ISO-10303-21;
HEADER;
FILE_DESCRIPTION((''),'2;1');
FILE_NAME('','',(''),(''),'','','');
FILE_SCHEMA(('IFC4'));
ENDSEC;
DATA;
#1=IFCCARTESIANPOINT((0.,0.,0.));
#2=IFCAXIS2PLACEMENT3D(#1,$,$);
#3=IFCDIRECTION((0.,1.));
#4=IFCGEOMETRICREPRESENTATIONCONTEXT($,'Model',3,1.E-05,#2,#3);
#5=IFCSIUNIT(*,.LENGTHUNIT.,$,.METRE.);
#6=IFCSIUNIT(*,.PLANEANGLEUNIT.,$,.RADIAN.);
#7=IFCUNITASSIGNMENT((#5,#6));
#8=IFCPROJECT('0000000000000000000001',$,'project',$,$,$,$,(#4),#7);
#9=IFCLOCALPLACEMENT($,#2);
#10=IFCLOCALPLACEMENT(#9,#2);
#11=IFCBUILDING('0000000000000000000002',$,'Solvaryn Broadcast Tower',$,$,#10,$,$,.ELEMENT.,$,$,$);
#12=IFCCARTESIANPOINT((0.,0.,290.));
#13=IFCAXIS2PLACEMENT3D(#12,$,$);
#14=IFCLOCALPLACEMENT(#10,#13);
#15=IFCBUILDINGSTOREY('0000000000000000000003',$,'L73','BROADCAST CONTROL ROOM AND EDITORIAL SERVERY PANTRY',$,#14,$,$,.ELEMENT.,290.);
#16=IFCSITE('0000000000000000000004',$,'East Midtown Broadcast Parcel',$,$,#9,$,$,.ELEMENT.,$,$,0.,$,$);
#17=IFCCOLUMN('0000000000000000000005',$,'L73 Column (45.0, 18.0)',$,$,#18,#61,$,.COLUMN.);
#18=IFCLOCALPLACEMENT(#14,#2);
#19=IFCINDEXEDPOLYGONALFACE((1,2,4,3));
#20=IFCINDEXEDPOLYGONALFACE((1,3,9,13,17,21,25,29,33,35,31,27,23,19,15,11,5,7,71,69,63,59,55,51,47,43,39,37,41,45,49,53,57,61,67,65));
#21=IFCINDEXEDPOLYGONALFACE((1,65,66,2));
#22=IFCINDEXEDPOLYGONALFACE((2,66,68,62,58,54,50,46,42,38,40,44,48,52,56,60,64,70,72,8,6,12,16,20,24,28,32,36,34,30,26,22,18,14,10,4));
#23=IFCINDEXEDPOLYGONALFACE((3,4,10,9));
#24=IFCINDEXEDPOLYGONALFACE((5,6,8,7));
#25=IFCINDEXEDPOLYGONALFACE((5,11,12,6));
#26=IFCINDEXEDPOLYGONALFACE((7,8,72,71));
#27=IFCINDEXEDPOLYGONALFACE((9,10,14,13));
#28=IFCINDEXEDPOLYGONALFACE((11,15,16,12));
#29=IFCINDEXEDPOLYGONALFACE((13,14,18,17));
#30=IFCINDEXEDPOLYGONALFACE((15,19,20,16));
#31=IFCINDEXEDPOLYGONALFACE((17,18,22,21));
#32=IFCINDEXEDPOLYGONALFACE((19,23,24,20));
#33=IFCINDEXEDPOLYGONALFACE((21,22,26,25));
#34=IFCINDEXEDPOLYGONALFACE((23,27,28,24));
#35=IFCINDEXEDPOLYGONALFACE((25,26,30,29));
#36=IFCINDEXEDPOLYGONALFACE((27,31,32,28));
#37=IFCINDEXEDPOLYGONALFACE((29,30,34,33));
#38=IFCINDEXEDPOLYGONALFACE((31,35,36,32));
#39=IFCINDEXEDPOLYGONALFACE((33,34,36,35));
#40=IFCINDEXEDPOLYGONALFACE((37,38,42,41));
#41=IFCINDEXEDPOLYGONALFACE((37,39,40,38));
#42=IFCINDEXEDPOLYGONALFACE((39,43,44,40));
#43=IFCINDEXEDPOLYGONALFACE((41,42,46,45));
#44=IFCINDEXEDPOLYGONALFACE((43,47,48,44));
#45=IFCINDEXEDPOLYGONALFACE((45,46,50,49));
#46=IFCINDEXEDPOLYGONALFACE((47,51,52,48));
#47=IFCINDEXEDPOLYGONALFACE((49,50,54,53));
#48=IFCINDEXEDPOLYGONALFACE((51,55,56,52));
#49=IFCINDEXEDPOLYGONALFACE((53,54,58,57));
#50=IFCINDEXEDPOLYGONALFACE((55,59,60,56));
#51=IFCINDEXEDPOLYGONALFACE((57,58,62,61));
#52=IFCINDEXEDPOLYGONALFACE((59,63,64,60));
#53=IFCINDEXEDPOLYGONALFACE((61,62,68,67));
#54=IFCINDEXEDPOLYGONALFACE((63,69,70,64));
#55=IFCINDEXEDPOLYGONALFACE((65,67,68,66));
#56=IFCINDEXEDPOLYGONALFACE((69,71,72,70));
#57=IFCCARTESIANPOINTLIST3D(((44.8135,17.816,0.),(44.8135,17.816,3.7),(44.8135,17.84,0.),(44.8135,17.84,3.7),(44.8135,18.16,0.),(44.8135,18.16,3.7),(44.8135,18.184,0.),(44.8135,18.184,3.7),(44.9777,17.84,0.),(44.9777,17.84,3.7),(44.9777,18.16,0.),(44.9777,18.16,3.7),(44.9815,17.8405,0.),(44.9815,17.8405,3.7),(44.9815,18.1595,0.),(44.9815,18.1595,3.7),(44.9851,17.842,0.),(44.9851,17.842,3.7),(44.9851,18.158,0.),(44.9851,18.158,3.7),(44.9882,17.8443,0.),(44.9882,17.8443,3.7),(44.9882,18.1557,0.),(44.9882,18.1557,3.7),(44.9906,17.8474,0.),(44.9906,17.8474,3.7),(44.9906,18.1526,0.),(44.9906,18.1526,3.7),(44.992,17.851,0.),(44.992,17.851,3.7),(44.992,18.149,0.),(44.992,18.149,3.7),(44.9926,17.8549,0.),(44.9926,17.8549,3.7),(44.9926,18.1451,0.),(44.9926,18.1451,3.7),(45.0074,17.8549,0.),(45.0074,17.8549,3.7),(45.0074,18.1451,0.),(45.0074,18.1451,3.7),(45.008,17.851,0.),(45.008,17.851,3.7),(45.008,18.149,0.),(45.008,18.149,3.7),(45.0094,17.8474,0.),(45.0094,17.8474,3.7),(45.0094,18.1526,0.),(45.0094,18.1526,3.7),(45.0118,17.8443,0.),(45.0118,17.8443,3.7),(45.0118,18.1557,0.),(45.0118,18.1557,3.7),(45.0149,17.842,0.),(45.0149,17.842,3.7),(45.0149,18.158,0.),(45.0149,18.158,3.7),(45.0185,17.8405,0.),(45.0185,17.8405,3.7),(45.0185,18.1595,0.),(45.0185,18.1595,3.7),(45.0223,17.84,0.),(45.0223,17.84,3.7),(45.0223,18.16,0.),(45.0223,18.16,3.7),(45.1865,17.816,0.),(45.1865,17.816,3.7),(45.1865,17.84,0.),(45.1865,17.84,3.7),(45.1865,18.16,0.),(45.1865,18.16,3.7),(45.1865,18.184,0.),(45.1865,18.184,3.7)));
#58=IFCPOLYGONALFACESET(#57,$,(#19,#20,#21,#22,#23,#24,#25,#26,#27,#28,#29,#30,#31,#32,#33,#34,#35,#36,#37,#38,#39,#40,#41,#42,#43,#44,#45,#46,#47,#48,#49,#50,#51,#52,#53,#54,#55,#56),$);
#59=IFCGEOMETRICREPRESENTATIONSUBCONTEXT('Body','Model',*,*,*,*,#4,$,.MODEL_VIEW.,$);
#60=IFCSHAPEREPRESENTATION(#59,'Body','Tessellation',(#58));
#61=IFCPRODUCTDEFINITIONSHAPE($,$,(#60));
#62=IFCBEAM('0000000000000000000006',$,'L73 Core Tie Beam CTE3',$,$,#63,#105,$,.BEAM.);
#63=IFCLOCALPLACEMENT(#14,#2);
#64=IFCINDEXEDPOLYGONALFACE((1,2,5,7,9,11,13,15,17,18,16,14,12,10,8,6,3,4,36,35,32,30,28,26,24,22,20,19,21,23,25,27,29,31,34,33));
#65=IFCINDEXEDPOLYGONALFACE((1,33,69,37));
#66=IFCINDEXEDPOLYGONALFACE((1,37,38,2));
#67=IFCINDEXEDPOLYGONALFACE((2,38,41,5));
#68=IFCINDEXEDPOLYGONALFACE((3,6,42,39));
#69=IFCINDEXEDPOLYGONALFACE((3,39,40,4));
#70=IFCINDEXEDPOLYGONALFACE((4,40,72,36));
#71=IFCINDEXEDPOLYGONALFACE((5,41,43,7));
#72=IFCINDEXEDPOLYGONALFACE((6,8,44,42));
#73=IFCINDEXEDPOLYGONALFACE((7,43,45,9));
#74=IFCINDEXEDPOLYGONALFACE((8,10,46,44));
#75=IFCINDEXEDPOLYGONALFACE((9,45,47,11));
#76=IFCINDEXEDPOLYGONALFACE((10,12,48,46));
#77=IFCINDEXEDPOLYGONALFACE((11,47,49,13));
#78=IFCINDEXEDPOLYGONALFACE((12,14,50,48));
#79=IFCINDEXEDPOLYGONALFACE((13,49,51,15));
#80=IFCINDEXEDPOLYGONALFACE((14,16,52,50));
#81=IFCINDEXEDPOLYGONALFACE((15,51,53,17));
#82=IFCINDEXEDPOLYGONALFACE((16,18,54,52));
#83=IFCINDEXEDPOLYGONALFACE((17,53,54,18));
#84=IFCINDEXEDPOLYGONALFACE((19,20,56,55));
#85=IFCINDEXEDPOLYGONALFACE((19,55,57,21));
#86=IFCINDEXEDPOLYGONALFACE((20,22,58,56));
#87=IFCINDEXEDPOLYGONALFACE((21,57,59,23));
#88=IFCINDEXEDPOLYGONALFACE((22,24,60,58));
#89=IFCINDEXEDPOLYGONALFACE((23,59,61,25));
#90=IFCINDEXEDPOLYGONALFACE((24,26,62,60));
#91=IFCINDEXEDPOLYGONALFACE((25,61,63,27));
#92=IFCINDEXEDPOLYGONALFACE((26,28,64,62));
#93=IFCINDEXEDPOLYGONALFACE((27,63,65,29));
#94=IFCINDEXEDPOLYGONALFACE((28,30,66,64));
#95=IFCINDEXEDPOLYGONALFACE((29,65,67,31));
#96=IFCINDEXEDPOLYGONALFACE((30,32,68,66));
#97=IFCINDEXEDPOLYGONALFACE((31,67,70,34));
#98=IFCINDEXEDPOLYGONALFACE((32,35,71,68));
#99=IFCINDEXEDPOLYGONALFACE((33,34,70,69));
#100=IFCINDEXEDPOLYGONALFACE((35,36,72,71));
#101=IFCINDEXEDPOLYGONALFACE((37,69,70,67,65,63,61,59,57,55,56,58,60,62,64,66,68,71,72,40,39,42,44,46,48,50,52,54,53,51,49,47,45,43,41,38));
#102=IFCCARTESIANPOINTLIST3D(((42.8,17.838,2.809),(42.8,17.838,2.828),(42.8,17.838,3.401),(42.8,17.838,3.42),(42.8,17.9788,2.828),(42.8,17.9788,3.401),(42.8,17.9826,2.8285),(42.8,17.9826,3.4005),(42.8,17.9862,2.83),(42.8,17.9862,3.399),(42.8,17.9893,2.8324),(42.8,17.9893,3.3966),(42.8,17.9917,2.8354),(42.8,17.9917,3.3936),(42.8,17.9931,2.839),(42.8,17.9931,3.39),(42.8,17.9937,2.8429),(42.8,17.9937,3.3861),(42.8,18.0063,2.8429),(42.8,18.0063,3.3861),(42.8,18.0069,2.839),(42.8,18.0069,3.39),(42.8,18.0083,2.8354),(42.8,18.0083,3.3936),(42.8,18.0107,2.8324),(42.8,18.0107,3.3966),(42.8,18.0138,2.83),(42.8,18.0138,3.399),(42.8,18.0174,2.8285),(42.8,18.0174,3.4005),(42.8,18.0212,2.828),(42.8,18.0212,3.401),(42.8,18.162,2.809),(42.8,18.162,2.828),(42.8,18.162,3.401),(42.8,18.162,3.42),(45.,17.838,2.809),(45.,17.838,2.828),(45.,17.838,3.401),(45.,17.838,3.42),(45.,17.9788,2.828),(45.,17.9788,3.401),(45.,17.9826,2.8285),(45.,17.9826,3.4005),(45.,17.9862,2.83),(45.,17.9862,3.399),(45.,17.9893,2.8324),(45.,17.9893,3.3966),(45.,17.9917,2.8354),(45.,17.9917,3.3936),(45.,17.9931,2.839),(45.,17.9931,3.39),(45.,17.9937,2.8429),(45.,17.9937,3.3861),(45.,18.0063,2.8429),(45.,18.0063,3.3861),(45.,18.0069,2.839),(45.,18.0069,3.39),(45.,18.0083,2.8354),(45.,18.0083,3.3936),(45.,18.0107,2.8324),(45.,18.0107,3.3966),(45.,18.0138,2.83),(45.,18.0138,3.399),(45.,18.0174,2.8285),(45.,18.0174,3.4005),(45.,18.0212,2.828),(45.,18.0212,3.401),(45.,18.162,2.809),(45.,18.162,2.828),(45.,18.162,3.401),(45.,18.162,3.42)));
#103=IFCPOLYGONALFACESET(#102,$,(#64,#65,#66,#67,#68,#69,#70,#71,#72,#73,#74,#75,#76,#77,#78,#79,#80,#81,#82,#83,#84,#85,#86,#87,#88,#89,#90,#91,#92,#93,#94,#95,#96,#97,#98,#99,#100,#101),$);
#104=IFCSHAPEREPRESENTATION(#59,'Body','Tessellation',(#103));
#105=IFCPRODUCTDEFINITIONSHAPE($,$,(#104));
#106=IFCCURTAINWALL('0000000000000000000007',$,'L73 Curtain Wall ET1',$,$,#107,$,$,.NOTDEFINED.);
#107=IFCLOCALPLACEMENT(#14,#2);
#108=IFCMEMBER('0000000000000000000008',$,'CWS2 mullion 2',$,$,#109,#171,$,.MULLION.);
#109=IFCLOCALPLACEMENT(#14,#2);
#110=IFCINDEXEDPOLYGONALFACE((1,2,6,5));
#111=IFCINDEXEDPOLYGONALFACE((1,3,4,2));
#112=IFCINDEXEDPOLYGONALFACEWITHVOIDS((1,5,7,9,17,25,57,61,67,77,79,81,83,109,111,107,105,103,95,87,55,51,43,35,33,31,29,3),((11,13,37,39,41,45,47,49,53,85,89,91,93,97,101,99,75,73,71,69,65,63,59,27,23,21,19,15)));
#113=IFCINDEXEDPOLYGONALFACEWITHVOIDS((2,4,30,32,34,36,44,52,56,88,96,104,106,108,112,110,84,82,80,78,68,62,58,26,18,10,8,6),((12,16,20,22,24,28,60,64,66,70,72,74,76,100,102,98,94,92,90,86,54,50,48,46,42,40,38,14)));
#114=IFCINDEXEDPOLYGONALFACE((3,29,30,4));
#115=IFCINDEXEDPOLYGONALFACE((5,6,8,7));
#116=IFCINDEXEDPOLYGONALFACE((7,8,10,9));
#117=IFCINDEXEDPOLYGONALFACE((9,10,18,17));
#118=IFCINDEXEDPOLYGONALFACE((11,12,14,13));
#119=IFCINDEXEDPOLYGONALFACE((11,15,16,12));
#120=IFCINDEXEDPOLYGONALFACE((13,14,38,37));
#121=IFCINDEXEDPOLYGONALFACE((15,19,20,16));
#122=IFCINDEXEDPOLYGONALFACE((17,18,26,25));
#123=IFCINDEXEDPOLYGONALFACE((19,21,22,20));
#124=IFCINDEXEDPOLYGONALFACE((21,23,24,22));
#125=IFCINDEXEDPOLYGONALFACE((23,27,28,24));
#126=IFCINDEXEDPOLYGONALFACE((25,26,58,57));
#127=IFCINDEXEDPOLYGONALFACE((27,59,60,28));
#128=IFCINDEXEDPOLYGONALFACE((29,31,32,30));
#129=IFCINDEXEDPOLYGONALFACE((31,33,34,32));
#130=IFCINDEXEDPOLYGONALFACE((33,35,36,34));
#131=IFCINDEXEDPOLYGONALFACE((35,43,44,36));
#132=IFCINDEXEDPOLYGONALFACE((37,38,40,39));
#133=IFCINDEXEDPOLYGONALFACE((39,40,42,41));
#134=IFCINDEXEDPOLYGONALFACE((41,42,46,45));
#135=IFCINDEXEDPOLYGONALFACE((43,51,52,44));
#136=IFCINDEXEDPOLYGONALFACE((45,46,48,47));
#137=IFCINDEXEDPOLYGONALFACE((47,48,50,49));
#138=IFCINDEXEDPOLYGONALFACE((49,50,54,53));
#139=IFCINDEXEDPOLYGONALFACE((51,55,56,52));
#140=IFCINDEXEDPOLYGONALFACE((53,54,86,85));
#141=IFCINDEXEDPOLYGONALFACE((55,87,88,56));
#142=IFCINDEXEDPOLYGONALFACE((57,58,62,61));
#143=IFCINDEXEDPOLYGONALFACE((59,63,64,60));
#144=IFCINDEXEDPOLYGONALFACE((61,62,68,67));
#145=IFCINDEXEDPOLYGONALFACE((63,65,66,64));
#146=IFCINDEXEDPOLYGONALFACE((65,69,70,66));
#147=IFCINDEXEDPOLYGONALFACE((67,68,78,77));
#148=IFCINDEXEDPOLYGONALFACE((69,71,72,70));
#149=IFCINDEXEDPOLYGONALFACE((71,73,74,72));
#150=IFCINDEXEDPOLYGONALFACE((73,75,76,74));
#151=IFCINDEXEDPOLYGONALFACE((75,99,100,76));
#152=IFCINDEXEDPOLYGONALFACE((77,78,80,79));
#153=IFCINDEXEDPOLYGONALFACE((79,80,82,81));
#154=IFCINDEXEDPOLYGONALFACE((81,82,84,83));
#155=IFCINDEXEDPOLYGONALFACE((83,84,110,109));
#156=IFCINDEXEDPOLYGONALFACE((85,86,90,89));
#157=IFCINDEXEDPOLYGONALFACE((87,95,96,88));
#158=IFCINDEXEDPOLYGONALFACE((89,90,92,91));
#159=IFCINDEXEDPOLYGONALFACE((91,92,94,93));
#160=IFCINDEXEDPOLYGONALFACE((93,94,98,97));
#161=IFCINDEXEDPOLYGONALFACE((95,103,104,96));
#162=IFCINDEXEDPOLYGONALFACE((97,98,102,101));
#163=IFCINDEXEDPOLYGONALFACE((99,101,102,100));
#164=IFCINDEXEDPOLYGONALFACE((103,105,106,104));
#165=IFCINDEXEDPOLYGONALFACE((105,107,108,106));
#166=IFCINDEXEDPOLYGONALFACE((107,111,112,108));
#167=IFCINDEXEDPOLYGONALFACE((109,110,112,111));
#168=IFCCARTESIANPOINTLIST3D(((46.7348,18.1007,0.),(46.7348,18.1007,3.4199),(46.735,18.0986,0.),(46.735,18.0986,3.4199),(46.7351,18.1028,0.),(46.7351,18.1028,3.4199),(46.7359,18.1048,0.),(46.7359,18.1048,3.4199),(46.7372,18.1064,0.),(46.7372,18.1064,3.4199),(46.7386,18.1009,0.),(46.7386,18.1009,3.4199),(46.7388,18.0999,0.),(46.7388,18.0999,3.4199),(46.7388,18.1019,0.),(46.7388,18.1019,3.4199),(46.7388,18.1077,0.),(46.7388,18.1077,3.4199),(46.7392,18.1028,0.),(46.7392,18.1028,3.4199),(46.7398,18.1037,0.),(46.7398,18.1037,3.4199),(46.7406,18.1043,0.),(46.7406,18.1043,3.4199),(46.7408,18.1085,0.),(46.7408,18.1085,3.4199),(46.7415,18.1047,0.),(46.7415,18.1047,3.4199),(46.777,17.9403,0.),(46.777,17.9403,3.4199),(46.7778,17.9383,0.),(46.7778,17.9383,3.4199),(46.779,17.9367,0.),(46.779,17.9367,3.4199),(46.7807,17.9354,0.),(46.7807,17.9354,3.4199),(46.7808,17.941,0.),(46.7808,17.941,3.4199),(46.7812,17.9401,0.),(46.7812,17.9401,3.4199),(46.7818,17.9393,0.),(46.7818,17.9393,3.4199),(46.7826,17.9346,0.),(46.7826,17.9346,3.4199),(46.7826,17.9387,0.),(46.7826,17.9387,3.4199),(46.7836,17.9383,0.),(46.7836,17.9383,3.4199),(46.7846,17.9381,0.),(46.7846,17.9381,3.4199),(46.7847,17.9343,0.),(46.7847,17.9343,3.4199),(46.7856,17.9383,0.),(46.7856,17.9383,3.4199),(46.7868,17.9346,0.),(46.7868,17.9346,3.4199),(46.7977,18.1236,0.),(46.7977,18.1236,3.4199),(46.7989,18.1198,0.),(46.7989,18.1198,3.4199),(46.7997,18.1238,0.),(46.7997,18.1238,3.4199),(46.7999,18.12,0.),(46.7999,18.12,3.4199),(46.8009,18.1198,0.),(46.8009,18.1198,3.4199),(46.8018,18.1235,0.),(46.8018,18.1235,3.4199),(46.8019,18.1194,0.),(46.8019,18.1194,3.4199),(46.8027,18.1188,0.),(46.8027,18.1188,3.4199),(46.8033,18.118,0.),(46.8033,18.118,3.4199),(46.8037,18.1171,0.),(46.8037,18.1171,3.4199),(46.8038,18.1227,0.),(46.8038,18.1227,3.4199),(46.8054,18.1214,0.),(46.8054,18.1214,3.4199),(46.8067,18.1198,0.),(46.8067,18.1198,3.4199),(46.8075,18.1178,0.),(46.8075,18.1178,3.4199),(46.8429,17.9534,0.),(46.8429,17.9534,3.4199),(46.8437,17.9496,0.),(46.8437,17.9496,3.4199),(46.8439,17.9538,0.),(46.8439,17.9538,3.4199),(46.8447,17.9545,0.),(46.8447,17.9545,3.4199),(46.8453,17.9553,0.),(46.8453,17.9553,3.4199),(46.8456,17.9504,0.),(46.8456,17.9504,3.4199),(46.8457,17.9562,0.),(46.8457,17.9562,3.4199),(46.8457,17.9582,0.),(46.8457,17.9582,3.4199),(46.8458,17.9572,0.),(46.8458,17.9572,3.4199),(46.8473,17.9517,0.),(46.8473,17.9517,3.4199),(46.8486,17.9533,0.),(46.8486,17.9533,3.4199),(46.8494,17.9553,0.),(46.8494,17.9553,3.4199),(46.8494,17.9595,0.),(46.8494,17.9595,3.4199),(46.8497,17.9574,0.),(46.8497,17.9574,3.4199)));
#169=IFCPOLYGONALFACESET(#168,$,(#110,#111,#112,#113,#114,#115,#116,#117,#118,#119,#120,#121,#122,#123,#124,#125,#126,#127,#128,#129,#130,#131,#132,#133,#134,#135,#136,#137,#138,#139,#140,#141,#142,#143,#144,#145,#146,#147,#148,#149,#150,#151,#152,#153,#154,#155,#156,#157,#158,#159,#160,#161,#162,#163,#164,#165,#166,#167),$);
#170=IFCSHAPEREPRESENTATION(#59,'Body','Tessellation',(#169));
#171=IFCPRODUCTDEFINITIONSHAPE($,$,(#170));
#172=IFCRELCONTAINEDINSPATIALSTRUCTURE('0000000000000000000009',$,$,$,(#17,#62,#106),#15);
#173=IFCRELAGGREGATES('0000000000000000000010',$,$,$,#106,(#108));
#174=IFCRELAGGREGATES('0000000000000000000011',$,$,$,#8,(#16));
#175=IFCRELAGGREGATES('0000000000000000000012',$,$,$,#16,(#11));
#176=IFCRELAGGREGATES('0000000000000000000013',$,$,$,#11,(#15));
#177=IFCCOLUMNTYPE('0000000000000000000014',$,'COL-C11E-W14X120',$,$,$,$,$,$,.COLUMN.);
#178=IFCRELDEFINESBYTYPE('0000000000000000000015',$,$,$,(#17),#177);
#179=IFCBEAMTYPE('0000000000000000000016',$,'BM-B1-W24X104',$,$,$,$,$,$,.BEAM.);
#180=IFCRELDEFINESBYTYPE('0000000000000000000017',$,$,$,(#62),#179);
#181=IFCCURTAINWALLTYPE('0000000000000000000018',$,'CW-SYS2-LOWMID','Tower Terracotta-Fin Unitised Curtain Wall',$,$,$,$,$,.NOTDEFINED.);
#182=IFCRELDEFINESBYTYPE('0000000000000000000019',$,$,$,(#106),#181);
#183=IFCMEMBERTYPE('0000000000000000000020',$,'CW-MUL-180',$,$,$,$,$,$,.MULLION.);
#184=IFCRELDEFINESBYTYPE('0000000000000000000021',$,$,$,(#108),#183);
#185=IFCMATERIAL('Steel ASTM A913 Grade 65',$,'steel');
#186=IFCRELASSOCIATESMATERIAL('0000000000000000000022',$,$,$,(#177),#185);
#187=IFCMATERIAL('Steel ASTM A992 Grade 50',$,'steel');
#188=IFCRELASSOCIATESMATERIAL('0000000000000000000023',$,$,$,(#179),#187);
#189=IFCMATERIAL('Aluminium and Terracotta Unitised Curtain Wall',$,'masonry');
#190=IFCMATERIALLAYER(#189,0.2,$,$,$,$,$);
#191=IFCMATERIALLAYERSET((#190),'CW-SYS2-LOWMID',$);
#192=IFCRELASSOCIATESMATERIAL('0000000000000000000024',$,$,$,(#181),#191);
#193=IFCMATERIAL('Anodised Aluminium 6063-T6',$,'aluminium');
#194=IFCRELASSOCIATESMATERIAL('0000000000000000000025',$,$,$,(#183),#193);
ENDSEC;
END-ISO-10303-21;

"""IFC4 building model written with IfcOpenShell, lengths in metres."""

from ifc_helpers import new_model, si_unit, direction, frame, origin, origin_2d, place, context, subcontext, project, spatial, hollow_rectangle, i_section, extrude, material, layer, layer_set, material_profile, profile_set, type_object, element, aggregate, save


model = new_model("IFC4")

# Units and contexts
model_context = context("Model", 3, precision=1e-05, world=origin(), true_north=direction((0.0, 1.0)))
body_context = subcontext(model_context, "Body", "Model", "MODEL_VIEW")
ifc_project = project(units=[si_unit("LENGTHUNIT", "METRE"), si_unit("PLANEANGLEUNIT", "RADIAN")], contexts=[model_context])

# Site, building, storey
site_placement = place(None, origin())
site = spatial("IfcSite", under=ifc_project, at=site_placement, Name="East Midtown Broadcast Parcel", CompositionType="ELEMENT", RefElevation=0.0)
building_placement = place(site_placement, origin())
building = spatial("IfcBuilding", under=site, at=building_placement, Name="Solvaryn Broadcast Tower", CompositionType="ELEMENT")
storey_placement = place(building_placement, frame((0.0, 0.0, 290.0)))
storey = spatial("IfcBuildingStorey", under=building, at=storey_placement, Name="L73", Description="BROADCAST CONTROL ROOM AND EDITORIAL SERVERY PANTRY", CompositionType="ELEMENT", Elevation=290.0)

# Column
ifc_material_1 = material(Name="Steel ASTM A913 Grade 65", Category="steel")
ifc_material_profile_1 = material_profile(ifc_material_1, i_section(OverallWidth=0.373, OverallDepth=0.3679, WebThickness=0.0149, FlangeThickness=0.0239, FilletRadius=0.0149, at=origin_2d()))
ifc_profile_set_1 = profile_set([ifc_material_profile_1], Name="Steel ASTM A913 Grade 65")
column_type = type_object("IfcColumnType", Name="COL-C11E-W14X120", PredefinedType="COLUMN", material=ifc_profile_set_1)
column_placement = place(storey_placement, frame((45.0, 18.0, 0.0), z_axis=(0.0, 0.0, 1.0), x_axis=(1.0, 0.0, 0.0)))
element("IfcColumn", 1, at=column_placement, inside=storey, type_object=column_type, Name="L73 Column (45.0, 18.0)", PredefinedType="COLUMN", context=body_context, shape_type="SweptSolid", body=[
    extrude(i_section(OverallWidth=0.373, OverallDepth=0.3679, WebThickness=0.0149, FlangeThickness=0.0239, FilletRadius=0.0149, at=origin_2d()), origin(), (0.0, 0.0, 1.0), 3.7),
])

# Beam
ifc_material_2 = material(Name="Steel ASTM A992 Grade 50", Category="steel")
ifc_material_profile_2 = material_profile(ifc_material_2, i_section(OverallWidth=0.324, OverallDepth=0.6111, WebThickness=0.0127, FlangeThickness=0.019, FilletRadius=0.0149, at=origin_2d()))
ifc_profile_set_2 = profile_set([ifc_material_profile_2], Name="Steel ASTM A992 Grade 50")
beam_type = type_object("IfcBeamType", Name="BM-B1-W24X104", PredefinedType="BEAM", material=ifc_profile_set_2)
beam_placement = place(storey_placement, frame((42.8, 18.0, 3.1145), z_axis=(1.0, 0.0, 0.0), x_axis=(0.0, 1.0, 0.0)))
element("IfcBeam", 2, at=beam_placement, inside=storey, type_object=beam_type, Name="L73 Core Tie Beam CTE3", PredefinedType="BEAM", context=body_context, shape_type="SweptSolid", body=[
    extrude(i_section(OverallWidth=0.324, OverallDepth=0.6111, WebThickness=0.0127, FlangeThickness=0.019, FilletRadius=0.0149, at=origin_2d()), origin(), (0.0, 0.0, 1.0), 2.2),
])

# Curtain wall, member
ifc_material_3 = material(Name="Aluminium and Terracotta Unitised Curtain Wall", Category="masonry")
ifc_layer_1 = layer(ifc_material_3, 0.2)
ifc_layer_set_1 = layer_set([ifc_layer_1], Name="CW-SYS2-LOWMID")
curtain_wall_type = type_object("IfcCurtainWallType", Name="CW-SYS2-LOWMID", Description="Tower Terracotta-Fin Unitised Curtain Wall", PredefinedType="NOTDEFINED", material=ifc_layer_set_1)
curtain_wall_1_placement = place(storey_placement, origin())
curtain_wall_1 = element("IfcCurtainWall", 3, at=curtain_wall_1_placement, inside=storey, type_object=curtain_wall_type, Name="L73 Curtain Wall ET1", PredefinedType="NOTDEFINED")
ifc_material_4 = material(Name="Anodised Aluminium 6063-T6", Category="aluminium")
ifc_material_profile_3 = material_profile(ifc_material_4, hollow_rectangle(XDim=0.075, YDim=0.1799, WallThickness=0.0039, InnerFilletRadius=0.0039, OuterFilletRadius=0.0081, at=origin_2d()))
ifc_profile_set_3 = profile_set([ifc_material_profile_3], Name="Anodised Aluminium 6063-T6")
member_type_1 = type_object("IfcMemberType", Name="CW-MUL-180", PredefinedType="MULLION", material=ifc_profile_set_3)
member_1_placement = place(storey_placement, frame((46.7922, 18.0291, 0.0), z_axis=(0.0, 0.0, 1.0), x_axis=(0.966705, 0.255893, 0.0)))
member_1 = element("IfcMember", 4, at=member_1_placement, type_object=member_type_1, Name="CWS2 mullion 2", PredefinedType="MULLION", context=body_context, shape_type="SweptSolid", body=[
    extrude(hollow_rectangle(XDim=0.075, YDim=0.1799, WallThickness=0.0039, InnerFilletRadius=0.0039, OuterFilletRadius=0.0081, at=origin_2d()), origin(), (0.0, 0.0, 1.0), 3.4199),
])
aggregate(curtain_wall_1, [member_1])

save(model, "model.ifc")
